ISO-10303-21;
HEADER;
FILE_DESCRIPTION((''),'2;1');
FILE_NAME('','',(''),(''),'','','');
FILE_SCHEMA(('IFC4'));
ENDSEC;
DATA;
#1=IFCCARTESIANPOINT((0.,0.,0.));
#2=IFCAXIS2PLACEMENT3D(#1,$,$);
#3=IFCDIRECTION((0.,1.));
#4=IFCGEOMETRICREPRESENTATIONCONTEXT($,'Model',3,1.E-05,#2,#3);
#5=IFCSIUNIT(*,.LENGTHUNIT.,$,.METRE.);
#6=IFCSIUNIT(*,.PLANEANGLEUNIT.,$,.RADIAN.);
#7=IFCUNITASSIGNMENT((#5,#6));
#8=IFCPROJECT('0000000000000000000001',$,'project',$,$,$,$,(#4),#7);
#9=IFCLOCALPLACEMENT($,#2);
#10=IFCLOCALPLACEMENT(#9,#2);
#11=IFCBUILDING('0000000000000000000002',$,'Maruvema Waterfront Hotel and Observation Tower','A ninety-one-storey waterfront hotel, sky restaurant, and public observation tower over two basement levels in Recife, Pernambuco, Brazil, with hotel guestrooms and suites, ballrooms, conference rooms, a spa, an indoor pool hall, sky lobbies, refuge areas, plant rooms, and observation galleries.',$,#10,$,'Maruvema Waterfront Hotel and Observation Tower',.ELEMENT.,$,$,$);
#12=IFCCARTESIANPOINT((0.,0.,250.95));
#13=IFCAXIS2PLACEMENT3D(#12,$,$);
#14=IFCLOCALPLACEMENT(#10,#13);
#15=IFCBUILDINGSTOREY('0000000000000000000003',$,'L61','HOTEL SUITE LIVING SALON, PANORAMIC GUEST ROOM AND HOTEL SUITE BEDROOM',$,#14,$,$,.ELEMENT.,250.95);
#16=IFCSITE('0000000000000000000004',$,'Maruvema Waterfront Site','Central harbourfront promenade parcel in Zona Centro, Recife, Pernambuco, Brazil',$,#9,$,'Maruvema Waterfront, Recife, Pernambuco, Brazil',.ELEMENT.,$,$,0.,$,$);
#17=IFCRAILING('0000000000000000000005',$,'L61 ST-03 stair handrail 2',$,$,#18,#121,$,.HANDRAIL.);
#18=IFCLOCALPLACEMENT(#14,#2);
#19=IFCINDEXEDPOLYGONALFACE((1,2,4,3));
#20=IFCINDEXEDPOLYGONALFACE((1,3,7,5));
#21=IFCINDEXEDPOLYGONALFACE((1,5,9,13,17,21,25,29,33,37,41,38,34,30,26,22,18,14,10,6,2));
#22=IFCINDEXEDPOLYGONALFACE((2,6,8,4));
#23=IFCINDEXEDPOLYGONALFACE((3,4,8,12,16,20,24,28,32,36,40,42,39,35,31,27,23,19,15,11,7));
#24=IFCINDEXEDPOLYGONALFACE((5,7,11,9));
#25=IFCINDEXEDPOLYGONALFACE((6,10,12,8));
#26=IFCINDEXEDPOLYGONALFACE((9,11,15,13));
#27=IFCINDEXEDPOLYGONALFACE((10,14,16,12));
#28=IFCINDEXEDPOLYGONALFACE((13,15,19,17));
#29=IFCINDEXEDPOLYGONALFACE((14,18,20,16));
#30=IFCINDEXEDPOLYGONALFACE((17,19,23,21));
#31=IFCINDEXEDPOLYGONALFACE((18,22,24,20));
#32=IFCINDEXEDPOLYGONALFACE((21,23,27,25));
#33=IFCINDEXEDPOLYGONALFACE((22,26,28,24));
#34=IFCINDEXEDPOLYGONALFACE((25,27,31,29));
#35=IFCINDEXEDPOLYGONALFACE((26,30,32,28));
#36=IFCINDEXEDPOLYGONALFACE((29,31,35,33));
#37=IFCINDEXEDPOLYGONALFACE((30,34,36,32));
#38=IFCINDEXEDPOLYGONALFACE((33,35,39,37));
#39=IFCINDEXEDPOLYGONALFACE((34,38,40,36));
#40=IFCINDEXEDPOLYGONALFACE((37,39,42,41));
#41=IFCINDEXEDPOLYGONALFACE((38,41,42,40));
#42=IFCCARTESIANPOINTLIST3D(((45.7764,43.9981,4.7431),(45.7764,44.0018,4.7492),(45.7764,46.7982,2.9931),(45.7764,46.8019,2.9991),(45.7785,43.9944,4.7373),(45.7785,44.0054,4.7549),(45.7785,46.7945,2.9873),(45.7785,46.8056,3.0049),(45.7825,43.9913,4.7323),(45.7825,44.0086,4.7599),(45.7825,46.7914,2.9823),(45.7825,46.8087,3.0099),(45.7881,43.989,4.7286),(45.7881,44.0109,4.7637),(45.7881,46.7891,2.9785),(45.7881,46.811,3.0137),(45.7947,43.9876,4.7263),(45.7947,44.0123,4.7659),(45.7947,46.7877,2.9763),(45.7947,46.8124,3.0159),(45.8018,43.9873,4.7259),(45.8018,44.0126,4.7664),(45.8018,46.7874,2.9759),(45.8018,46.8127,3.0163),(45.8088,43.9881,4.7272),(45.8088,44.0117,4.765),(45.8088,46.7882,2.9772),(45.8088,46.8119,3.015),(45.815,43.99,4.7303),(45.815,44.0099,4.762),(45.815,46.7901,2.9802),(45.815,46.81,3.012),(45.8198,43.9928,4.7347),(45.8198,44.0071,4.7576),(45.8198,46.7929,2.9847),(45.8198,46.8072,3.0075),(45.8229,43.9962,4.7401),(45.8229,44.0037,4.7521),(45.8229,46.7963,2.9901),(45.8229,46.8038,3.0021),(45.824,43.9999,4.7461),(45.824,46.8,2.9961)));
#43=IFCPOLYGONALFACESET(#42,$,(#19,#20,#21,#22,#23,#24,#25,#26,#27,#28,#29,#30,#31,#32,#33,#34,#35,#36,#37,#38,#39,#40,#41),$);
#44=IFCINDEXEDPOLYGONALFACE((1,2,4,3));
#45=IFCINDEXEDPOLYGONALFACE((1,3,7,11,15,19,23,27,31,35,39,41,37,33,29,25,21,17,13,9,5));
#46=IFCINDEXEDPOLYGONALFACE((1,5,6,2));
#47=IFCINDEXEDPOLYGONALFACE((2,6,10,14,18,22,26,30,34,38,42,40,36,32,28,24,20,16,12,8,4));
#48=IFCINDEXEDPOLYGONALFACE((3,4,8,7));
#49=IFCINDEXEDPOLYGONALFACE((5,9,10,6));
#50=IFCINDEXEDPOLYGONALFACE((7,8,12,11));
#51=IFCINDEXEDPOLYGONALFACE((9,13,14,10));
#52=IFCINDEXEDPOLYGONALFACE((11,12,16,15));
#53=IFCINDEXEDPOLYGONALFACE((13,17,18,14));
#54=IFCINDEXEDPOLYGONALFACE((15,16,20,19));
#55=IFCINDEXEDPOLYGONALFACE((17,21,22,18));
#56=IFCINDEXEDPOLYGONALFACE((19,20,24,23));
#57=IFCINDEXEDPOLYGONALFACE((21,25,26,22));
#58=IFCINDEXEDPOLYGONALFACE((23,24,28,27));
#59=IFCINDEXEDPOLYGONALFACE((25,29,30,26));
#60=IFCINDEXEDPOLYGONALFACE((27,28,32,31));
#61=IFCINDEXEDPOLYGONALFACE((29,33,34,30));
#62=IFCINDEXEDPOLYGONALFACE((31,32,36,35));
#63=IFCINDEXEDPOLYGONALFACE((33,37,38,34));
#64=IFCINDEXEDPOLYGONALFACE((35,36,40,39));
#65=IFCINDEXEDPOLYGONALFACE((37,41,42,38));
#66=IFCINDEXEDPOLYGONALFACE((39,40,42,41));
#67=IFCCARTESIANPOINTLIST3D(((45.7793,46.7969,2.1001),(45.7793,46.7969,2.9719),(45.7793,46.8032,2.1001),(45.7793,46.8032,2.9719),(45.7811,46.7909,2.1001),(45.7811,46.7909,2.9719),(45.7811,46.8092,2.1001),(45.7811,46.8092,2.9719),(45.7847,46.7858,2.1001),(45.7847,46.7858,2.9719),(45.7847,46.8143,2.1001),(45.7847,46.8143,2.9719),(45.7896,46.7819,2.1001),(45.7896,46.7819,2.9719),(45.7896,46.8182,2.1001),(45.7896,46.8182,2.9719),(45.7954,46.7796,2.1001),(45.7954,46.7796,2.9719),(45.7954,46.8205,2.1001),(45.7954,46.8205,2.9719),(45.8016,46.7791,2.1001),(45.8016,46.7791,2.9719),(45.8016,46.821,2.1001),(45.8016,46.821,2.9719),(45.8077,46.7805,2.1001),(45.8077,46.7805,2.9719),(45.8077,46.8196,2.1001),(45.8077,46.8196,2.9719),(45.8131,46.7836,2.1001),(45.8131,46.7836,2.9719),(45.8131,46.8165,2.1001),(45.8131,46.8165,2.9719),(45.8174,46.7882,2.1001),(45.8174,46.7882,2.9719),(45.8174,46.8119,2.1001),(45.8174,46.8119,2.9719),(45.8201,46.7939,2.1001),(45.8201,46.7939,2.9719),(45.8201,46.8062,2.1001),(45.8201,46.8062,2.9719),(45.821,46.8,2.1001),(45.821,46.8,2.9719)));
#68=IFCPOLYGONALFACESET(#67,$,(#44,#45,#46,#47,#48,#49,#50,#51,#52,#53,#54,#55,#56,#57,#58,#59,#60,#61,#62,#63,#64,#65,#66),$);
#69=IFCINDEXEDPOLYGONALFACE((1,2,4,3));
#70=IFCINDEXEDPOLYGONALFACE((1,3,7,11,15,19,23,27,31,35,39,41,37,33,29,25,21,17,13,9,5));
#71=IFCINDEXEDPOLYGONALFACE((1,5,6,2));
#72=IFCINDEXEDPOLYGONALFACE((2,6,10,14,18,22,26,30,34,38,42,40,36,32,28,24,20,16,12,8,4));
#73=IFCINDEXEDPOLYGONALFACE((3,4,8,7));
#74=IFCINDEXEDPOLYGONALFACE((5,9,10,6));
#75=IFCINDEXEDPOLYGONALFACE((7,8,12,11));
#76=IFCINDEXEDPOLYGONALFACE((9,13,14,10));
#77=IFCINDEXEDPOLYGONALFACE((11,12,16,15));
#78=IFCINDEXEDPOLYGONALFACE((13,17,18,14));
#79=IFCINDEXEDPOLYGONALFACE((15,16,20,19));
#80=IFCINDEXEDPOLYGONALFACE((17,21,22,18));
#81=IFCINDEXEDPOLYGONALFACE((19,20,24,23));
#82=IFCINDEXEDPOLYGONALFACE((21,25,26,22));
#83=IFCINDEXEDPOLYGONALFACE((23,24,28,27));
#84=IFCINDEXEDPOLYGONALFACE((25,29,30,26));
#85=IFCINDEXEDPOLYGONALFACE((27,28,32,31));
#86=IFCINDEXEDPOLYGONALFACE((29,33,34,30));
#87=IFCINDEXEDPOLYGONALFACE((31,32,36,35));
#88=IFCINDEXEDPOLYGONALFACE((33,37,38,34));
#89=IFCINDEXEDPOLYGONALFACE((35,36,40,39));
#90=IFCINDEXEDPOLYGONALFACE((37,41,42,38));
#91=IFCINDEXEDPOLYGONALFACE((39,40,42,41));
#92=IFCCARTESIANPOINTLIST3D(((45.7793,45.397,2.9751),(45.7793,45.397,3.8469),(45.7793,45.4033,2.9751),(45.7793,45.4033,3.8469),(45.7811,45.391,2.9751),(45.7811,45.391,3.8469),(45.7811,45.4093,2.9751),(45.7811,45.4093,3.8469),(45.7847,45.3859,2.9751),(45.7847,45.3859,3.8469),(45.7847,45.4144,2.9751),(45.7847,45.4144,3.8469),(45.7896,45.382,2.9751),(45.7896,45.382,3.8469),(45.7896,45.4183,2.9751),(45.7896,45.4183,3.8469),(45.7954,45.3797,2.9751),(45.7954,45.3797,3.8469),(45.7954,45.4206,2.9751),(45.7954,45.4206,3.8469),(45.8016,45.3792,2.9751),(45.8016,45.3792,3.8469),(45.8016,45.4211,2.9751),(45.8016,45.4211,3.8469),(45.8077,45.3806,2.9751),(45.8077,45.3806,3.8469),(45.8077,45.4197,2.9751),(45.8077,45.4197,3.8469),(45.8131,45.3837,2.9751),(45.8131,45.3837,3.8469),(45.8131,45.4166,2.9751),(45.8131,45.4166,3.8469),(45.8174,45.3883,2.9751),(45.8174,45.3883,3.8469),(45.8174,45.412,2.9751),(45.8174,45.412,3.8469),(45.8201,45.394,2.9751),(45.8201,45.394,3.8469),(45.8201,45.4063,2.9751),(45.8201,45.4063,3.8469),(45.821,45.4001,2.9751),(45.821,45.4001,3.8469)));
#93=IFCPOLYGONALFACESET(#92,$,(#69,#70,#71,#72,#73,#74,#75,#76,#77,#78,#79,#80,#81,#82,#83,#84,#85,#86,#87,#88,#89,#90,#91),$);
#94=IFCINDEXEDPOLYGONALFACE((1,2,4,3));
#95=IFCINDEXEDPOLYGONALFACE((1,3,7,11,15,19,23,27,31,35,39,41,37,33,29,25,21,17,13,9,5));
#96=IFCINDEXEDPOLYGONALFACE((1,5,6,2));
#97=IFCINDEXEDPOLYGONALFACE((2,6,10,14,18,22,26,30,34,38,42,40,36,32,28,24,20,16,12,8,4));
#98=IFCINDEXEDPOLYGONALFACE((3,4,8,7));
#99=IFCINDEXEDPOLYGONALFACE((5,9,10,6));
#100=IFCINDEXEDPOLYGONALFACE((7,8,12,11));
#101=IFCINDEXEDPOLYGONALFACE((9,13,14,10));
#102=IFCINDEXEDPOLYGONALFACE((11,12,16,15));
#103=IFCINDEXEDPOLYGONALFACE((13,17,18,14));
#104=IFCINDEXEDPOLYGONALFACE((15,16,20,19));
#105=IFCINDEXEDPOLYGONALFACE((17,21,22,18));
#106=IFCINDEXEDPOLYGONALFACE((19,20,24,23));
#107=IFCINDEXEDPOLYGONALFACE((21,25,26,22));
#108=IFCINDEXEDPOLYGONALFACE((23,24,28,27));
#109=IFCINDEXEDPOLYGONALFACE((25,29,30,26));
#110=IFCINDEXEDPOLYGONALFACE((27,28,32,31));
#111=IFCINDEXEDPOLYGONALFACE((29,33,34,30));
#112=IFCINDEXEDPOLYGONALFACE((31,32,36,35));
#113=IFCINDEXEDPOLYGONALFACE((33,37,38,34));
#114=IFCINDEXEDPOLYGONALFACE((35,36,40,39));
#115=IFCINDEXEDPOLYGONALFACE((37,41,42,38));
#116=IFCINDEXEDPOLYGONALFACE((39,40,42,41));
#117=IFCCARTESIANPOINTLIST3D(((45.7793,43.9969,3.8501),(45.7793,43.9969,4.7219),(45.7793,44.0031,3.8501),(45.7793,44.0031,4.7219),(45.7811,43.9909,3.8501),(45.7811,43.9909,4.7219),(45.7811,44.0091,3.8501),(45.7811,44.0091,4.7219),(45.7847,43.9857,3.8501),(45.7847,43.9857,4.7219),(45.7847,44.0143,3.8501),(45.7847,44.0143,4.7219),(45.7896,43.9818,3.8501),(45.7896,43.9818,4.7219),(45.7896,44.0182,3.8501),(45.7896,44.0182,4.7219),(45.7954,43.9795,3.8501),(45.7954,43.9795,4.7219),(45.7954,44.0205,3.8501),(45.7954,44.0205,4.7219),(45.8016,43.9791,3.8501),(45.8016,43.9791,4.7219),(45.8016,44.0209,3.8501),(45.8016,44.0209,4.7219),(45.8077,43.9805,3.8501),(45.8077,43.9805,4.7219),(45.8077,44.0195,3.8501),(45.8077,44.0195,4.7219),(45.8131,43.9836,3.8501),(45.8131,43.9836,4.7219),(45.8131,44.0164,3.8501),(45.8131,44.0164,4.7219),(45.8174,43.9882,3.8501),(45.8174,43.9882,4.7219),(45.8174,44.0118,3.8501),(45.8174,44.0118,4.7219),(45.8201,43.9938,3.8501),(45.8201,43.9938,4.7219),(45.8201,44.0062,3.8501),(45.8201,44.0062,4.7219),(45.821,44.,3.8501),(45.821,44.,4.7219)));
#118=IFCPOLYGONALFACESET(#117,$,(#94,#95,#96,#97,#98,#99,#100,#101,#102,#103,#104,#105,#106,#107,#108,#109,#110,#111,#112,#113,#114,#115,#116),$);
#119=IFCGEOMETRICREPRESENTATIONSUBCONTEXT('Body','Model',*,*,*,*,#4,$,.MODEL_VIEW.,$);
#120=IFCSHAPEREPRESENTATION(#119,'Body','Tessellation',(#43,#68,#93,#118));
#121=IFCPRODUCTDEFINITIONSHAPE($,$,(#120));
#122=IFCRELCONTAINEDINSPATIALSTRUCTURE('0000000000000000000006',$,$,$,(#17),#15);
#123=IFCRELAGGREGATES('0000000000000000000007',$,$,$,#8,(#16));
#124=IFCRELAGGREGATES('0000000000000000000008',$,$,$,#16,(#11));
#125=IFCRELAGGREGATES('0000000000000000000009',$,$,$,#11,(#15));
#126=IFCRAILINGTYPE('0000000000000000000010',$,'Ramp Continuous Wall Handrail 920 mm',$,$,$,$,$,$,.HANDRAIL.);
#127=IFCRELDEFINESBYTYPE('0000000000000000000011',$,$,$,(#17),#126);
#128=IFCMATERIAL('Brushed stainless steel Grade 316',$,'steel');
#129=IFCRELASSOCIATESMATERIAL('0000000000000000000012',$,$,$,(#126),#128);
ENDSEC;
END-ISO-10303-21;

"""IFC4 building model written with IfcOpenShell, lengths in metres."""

from ifc_helpers import new_model, si_unit, direction, frame, origin, origin_2d, place, context, subcontext, project, spatial, circle, extrude, material, type_object, element, save


model = new_model("IFC4")

# Units and contexts
model_context = context("Model", 3, precision=1e-05, world=origin(), true_north=direction((0.0, 1.0)))
body_context = subcontext(model_context, "Body", "Model", "MODEL_VIEW")
ifc_project = project(units=[si_unit("LENGTHUNIT", "METRE"), si_unit("PLANEANGLEUNIT", "RADIAN")], contexts=[model_context])

# Site, building, storey
site_placement = place(None, origin())
site = spatial("IfcSite", under=ifc_project, at=site_placement, Name="Maruvema Waterfront Site", Description="Central harbourfront promenade parcel in Zona Centro, Recife, Pernambuco, Brazil", LongName="Maruvema Waterfront, Recife, Pernambuco, Brazil", CompositionType="ELEMENT", RefElevation=0.0)
building_placement = place(site_placement, origin())
building = spatial("IfcBuilding", under=site, at=building_placement, Name="Maruvema Waterfront Hotel and Observation Tower", Description="A ninety-one-storey waterfront hotel, sky restaurant, and public observation tower over two basement levels in Recife, Pernambuco, Brazil, with hotel guestrooms and suites, ballrooms, conference rooms, a spa, an indoor pool hall, sky lobbies, refuge areas, plant rooms, and observation galleries.", LongName="Maruvema Waterfront Hotel and Observation Tower", CompositionType="ELEMENT")
storey_placement = place(building_placement, frame((0.0, 0.0, 250.95)))
storey = spatial("IfcBuildingStorey", under=building, at=storey_placement, Name="L61", Description="HOTEL SUITE LIVING SALON, PANORAMIC GUEST ROOM AND HOTEL SUITE BEDROOM", CompositionType="ELEMENT", Elevation=250.95)

# Railing
ifc_material_1 = material(Name="Brushed stainless steel Grade 316", Category="steel")
railing_type_1 = type_object("IfcRailingType", Name="Ramp Continuous Wall Handrail 920 mm", PredefinedType="HANDRAIL", material=ifc_material_1)
railing_1_placement = place(storey_placement, frame((45.8, 46.8, 2.1001)))
element("IfcRailing", 1, at=railing_1_placement, inside=storey, type_object=railing_type_1, Name="L61 ST-03 stair handrail 2", PredefinedType="HANDRAIL", context=body_context, shape_type="SweptSolid", body=[
    extrude(circle(Radius=0.0239, at=origin_2d()), frame((0.0, 0.0, 0.896), z_axis=(0.0, -0.848002, 0.529992), x_axis=(1.0, 0.0, 0.0)), (0.0, 0.0, 1.0), 3.302),
    extrude(circle(Radius=0.021, at=origin_2d()), origin(), (0.0, 0.0, 1.0), 0.8718),
    extrude(circle(Radius=0.021, at=origin_2d()), frame((0.0, -1.3999, 0.875)), (0.0, 0.0, 1.0), 0.8718),
    extrude(circle(Radius=0.021, at=origin_2d()), frame((0.0, -2.8, 1.75)), (0.0, 0.0, 1.0), 0.8718),
])

save(model, "model.ifc")
